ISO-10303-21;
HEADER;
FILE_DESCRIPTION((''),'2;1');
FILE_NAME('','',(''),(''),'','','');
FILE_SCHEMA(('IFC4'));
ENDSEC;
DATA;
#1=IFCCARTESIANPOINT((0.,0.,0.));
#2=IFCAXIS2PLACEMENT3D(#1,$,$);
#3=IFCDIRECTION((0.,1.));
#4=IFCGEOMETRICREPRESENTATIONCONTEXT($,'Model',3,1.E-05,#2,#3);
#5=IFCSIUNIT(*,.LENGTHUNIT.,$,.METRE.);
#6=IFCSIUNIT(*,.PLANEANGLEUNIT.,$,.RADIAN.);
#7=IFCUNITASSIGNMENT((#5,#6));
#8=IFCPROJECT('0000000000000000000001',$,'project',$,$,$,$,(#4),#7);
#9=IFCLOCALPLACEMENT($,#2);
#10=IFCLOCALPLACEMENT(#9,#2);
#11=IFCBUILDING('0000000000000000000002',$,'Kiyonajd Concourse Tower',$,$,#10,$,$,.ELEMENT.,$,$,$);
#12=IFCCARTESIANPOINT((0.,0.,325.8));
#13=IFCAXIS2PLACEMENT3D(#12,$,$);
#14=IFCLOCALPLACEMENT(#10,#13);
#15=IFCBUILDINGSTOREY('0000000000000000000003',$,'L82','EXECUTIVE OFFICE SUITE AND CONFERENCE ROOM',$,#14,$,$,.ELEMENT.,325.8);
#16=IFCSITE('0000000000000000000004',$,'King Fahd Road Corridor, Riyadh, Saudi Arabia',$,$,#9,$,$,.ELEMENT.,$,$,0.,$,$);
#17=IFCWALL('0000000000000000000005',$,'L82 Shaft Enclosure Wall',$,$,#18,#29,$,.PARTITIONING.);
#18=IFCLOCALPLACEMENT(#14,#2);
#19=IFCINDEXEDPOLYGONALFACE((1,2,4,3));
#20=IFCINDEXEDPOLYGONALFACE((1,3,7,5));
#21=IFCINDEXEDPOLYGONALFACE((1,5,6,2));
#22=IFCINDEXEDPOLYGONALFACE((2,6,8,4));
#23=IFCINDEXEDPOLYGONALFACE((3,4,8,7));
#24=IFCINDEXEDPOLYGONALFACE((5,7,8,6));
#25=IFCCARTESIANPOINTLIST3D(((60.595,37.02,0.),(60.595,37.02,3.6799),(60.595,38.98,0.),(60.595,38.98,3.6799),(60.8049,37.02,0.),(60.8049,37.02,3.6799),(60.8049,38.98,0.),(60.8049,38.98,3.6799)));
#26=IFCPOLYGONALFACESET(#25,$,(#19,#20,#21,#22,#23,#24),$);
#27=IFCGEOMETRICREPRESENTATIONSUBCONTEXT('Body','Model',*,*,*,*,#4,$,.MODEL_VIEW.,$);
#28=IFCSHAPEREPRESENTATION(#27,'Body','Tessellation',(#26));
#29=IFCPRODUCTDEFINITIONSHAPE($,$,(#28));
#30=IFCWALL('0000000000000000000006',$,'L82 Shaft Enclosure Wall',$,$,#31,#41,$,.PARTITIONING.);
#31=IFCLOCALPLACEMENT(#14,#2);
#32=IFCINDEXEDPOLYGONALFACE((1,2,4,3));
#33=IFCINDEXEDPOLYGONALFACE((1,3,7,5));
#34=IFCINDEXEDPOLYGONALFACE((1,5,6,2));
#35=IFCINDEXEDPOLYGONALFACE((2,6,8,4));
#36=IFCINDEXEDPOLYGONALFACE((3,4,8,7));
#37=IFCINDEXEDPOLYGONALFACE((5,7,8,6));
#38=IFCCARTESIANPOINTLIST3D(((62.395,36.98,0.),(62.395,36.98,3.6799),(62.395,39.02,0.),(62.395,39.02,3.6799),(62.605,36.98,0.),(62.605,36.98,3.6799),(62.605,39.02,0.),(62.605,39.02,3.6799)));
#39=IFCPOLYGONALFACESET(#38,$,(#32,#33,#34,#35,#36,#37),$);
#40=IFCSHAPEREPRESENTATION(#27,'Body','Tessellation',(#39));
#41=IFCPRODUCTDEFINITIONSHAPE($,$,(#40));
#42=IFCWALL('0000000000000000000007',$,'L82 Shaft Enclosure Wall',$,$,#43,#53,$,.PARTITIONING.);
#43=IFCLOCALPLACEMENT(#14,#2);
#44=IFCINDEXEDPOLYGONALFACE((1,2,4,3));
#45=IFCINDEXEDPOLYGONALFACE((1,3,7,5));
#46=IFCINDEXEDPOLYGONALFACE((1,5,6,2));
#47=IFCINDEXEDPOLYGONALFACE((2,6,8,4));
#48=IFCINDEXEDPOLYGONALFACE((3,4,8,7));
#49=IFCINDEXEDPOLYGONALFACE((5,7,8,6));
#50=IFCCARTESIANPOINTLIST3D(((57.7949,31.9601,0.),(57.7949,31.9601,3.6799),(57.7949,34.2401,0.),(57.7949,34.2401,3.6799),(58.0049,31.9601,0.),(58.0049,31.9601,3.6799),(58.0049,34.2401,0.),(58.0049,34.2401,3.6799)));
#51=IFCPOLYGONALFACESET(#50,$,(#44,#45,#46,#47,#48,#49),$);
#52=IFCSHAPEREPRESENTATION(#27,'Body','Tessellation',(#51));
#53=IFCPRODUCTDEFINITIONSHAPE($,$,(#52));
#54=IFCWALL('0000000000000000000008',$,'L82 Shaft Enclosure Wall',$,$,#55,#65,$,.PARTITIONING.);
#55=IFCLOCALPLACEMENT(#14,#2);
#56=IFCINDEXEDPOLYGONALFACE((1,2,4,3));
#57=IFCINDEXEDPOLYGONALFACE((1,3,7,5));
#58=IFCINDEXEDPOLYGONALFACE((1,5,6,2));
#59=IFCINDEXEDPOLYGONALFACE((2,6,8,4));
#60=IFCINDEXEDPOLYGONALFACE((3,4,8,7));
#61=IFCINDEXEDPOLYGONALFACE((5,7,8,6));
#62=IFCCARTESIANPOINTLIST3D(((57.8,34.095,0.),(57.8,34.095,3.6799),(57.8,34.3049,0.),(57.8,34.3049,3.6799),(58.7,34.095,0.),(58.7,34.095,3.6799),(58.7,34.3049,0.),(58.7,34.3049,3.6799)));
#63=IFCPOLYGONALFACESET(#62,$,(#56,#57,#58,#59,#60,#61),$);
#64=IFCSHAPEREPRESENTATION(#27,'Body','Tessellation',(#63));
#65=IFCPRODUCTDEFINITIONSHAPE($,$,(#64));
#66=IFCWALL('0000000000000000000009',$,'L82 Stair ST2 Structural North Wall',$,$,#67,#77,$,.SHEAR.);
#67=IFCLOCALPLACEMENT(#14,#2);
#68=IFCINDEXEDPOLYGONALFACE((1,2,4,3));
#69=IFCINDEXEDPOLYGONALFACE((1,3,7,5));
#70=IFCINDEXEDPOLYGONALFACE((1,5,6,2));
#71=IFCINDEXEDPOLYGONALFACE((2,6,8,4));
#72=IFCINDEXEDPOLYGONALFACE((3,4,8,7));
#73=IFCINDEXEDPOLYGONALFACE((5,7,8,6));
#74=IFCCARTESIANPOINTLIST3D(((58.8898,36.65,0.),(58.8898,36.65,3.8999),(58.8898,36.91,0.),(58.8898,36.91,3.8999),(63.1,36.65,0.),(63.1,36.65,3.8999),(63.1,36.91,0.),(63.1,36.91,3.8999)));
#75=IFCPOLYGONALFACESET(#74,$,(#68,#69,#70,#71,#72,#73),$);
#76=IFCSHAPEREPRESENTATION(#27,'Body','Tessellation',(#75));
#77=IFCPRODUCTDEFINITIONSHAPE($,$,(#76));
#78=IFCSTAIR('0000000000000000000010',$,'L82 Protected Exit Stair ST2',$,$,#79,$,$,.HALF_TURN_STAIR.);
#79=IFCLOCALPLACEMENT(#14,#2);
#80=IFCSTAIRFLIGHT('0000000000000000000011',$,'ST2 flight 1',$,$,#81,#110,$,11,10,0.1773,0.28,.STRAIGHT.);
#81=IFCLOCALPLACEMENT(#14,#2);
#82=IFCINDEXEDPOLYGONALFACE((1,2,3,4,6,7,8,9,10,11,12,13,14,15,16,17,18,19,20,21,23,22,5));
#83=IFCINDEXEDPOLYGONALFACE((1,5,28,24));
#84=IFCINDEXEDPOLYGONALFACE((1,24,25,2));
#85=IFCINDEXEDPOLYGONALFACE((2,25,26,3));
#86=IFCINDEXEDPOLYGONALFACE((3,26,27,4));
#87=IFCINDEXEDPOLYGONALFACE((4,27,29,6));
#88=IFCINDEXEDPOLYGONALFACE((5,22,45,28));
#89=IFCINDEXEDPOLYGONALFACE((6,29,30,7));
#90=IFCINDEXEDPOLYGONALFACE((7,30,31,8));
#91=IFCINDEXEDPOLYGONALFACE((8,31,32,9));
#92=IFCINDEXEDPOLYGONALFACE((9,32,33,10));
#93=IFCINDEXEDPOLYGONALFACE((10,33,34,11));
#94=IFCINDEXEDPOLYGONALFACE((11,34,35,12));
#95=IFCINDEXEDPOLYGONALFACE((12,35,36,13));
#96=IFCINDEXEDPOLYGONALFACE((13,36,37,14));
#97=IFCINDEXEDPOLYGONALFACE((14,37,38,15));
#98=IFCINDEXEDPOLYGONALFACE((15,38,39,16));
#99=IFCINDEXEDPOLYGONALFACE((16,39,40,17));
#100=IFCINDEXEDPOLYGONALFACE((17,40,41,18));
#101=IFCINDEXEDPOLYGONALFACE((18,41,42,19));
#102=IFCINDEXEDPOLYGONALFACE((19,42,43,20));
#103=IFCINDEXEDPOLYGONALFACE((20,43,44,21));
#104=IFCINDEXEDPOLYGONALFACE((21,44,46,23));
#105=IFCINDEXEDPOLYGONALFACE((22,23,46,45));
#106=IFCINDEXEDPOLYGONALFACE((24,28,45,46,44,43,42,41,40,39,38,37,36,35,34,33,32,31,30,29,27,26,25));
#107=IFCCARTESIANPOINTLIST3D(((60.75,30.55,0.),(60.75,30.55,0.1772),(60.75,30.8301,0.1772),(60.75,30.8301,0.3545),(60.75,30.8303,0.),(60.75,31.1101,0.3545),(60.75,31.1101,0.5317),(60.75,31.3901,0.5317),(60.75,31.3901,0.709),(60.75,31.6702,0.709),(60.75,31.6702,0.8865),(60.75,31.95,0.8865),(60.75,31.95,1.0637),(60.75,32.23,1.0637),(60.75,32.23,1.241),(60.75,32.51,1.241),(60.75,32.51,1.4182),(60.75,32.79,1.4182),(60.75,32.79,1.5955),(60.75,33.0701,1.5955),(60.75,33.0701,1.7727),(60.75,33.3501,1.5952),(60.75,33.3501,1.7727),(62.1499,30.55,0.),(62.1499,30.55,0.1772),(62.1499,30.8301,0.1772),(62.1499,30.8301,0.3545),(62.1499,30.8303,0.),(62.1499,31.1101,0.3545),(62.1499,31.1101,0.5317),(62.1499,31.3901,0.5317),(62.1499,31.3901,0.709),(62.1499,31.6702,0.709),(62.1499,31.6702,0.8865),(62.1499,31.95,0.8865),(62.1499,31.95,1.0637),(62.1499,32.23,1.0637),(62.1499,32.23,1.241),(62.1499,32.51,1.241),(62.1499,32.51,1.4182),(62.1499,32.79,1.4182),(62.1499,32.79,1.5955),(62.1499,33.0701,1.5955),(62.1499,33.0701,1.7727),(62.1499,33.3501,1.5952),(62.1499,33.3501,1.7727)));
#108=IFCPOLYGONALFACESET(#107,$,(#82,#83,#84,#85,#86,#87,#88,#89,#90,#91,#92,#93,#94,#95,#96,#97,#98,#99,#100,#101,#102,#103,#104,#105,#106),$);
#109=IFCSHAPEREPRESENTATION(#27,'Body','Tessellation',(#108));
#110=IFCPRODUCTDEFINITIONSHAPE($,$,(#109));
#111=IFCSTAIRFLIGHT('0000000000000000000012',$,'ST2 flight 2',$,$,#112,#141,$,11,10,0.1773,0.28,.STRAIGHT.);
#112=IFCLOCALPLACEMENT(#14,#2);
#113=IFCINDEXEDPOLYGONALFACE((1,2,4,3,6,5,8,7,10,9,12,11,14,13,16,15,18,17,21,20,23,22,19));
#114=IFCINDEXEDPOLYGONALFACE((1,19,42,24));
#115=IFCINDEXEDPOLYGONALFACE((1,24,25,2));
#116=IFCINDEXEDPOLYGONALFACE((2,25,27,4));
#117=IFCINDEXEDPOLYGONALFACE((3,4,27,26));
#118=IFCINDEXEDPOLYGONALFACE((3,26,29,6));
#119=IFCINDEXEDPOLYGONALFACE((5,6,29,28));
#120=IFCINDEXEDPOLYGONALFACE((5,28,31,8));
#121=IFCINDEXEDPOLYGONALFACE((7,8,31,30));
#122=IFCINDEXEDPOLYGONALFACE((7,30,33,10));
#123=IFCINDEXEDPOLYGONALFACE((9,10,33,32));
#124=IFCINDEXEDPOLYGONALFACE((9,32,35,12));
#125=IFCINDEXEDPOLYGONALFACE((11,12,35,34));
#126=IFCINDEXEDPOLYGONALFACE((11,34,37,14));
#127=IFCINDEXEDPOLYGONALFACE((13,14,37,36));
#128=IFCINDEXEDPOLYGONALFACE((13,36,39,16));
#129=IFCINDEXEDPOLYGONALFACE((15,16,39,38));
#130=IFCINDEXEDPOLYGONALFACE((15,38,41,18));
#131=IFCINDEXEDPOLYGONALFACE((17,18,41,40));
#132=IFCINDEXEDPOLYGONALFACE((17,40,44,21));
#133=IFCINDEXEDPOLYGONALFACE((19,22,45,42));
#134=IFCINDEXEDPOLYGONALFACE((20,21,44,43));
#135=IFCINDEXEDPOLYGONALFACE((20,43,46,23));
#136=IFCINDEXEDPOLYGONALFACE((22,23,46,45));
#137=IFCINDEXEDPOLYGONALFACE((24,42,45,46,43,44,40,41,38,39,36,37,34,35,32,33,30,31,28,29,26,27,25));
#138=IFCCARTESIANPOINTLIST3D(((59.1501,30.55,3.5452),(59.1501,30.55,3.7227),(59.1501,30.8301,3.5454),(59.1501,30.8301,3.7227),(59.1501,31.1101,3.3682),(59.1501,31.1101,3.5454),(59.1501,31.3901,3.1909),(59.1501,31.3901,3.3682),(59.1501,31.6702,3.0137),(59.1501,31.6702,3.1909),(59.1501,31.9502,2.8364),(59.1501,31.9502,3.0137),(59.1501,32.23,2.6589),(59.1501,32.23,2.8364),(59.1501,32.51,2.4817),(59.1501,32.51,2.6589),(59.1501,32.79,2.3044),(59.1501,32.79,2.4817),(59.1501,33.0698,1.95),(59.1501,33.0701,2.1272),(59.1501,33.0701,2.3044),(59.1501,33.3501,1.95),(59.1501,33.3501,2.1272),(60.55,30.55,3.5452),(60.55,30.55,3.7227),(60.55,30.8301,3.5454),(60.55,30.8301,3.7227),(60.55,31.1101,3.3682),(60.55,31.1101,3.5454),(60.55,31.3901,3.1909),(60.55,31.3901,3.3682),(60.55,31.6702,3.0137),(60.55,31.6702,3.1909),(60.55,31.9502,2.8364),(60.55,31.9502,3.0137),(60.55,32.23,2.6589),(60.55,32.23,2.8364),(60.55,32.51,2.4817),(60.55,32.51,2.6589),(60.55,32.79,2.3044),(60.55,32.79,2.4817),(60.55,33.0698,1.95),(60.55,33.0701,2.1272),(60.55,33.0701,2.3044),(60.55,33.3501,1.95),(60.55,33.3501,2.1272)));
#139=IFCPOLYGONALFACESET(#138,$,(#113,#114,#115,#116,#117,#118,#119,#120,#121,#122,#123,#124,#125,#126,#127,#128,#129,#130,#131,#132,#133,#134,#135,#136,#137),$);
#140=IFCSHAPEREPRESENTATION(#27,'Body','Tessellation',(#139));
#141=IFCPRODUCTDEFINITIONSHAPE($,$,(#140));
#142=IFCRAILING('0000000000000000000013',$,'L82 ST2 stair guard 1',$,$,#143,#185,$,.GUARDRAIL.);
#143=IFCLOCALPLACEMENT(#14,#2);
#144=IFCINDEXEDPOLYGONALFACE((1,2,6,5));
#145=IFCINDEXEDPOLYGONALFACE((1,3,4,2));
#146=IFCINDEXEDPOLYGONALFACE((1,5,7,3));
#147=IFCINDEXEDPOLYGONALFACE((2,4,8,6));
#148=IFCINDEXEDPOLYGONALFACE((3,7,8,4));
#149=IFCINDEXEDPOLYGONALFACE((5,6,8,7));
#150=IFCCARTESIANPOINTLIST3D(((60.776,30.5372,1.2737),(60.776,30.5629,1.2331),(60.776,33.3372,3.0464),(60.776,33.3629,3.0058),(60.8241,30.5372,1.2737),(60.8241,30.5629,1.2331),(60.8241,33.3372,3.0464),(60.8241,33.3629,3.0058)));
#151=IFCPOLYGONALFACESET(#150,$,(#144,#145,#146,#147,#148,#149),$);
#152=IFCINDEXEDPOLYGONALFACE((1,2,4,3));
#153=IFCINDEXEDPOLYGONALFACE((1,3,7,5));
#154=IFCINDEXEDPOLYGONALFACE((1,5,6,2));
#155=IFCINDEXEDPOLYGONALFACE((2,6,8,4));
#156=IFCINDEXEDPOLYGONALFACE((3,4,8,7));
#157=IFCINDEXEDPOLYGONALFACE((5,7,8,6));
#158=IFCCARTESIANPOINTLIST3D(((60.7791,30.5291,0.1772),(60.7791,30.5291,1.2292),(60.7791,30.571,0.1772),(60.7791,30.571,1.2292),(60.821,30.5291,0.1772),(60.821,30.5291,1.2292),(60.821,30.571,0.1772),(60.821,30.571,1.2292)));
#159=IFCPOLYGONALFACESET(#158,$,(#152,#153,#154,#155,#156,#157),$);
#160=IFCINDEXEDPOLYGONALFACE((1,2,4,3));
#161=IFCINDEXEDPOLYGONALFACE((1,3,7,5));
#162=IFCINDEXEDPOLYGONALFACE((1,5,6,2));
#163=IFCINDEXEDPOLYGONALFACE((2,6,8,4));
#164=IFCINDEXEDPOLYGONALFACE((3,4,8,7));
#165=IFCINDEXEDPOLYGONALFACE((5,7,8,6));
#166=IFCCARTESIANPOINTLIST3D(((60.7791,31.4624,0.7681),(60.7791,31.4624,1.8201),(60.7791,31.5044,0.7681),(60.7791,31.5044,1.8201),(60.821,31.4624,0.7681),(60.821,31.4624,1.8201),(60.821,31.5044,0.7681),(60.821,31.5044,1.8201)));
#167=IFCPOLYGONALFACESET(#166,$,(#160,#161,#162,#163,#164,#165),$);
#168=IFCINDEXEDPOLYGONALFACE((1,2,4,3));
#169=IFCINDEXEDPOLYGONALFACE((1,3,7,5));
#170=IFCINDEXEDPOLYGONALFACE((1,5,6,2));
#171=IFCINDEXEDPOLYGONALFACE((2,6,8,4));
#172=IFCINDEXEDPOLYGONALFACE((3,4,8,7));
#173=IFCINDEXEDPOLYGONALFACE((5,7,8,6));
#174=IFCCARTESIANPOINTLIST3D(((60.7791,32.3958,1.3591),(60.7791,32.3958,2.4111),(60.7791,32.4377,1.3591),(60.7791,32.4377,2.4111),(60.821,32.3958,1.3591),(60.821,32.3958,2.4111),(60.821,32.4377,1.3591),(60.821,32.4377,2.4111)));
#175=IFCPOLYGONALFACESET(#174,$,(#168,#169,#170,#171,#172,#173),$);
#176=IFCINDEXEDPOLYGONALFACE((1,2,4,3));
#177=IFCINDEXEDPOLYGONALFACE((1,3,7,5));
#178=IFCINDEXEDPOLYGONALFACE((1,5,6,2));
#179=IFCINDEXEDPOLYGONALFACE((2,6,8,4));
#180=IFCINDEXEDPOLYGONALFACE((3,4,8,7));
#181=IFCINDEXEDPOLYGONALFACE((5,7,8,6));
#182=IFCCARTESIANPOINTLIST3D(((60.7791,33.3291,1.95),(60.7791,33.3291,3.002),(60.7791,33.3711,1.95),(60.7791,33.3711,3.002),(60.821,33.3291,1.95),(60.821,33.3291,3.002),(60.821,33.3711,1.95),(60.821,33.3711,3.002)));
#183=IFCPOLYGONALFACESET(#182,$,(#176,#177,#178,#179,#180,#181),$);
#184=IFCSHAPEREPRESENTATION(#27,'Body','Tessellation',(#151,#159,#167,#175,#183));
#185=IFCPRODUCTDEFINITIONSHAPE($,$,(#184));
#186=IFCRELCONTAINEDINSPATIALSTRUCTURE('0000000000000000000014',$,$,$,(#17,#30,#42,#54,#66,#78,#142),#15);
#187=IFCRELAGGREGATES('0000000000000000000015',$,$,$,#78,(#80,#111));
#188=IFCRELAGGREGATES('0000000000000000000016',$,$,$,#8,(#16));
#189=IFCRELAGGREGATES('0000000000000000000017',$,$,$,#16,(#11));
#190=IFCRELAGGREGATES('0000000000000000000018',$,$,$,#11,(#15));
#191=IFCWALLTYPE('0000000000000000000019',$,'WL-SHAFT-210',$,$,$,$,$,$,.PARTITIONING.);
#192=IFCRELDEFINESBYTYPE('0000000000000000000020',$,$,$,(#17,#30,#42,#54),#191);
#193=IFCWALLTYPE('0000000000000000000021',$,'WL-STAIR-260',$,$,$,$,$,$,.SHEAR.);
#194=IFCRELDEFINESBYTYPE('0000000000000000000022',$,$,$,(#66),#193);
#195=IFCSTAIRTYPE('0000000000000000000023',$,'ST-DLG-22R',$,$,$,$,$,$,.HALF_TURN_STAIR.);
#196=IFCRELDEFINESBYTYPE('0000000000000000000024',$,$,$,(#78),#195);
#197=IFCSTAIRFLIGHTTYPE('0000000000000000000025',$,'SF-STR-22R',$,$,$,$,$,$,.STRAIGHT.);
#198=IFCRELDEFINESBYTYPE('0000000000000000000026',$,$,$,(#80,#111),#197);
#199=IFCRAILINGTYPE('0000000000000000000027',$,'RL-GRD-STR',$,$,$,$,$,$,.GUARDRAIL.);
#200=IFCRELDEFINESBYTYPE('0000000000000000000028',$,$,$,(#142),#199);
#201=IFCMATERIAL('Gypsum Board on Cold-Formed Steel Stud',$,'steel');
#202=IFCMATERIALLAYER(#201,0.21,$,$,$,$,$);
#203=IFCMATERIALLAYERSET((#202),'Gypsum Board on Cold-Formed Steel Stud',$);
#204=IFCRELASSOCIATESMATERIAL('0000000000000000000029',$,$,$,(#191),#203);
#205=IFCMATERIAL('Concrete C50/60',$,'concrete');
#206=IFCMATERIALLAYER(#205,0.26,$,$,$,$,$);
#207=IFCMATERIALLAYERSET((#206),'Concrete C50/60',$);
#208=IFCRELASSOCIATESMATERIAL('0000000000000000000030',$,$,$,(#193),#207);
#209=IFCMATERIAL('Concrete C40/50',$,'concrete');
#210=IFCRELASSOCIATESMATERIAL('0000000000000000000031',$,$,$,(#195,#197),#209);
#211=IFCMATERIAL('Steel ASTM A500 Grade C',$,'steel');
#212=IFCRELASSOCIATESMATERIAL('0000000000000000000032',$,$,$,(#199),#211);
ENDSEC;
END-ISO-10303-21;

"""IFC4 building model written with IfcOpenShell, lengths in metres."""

from ifc_helpers import new_model, si_unit, direction, frame, frame_2d, origin, origin_2d, place, context, subcontext, project, spatial, polyline, rectangle, outline, extrude, material, layer, layer_set, type_object, element, aggregate, save


model = new_model("IFC4")

# Units and contexts
model_context = context("Model", 3, precision=1e-05, world=origin(), true_north=direction((0.0, 1.0)))
body_context = subcontext(model_context, "Body", "Model", "MODEL_VIEW")
ifc_project = project(units=[si_unit("LENGTHUNIT", "METRE"), si_unit("PLANEANGLEUNIT", "RADIAN")], contexts=[model_context])

# Site, building, storey
site_placement = place(None, origin())
site = spatial("IfcSite", under=ifc_project, at=site_placement, Name="King Fahd Road Corridor, Riyadh, Saudi Arabia", CompositionType="ELEMENT", RefElevation=0.0)
building_placement = place(site_placement, origin())
building = spatial("IfcBuilding", under=site, at=building_placement, Name="Kiyonajd Concourse Tower", CompositionType="ELEMENT")
storey_placement = place(building_placement, frame((0.0, 0.0, 325.8)))
storey = spatial("IfcBuildingStorey", under=building, at=storey_placement, Name="L82", Description="EXECUTIVE OFFICE SUITE AND CONFERENCE ROOM", CompositionType="ELEMENT", Elevation=325.8)

# Shared definitions
ifc_material_1 = material(Name="Concrete C50/60", Category="concrete")

# Walls
ifc_material_2 = material(Name="Gypsum Board on Cold-Formed Steel Stud", Category="steel")
ifc_layer_1 = layer(ifc_material_2, 0.21)
ifc_layer_set_1 = layer_set([ifc_layer_1], Name="Gypsum Board on Cold-Formed Steel Stud")
wall_type_1 = type_object("IfcWallType", Name="WL-SHAFT-210", PredefinedType="PARTITIONING", material=ifc_layer_set_1)
wall_1_placement = place(storey_placement, frame((60.7, 37.02, 0.0), z_axis=(0.0, 0.0, 1.0), x_axis=(0.0, 1.0, 0.0)))
element("IfcWall", 1, at=wall_1_placement, inside=storey, type_object=wall_type_1, Name="L82 Shaft Enclosure Wall", PredefinedType="PARTITIONING", context=body_context, shape_type="SweptSolid", body=[
    extrude(rectangle(XDim=1.96, YDim=0.21, at=frame_2d((0.98, 0.0))), origin(), (0.0, 0.0, 1.0), 3.6799),
])
wall_2_placement = place(storey_placement, frame((62.5, 36.98, 0.0), z_axis=(0.0, 0.0, 1.0), x_axis=(0.0, 1.0, 0.0)))
element("IfcWall", 2, at=wall_2_placement, inside=storey, type_object=wall_type_1, Name="L82 Shaft Enclosure Wall", PredefinedType="PARTITIONING", context=body_context, shape_type="SweptSolid", body=[
    extrude(rectangle(XDim=2.04, YDim=0.21, at=frame_2d((1.02, 0.0))), origin(), (0.0, 0.0, 1.0), 3.6799),
])
wall_3_placement = place(storey_placement, frame((57.8999, 31.96, 0.0), z_axis=(0.0, 0.0, 1.0), x_axis=(0.0, 1.0, 0.0)))
element("IfcWall", 3, at=wall_3_placement, inside=storey, type_object=wall_type_1, Name="L82 Shaft Enclosure Wall", PredefinedType="PARTITIONING", context=body_context, shape_type="SweptSolid", body=[
    extrude(rectangle(XDim=2.28, YDim=0.21, at=frame_2d((1.1401, 0.0))), origin(), (0.0, 0.0, 1.0), 3.6799),
])
wall_4_placement = place(storey_placement, frame((57.8, 34.2, 0.0), z_axis=(0.0, 0.0, 1.0), x_axis=(1.0, 0.0, 0.0)))
element("IfcWall", 4, at=wall_4_placement, inside=storey, type_object=wall_type_1, Name="L82 Shaft Enclosure Wall", PredefinedType="PARTITIONING", context=body_context, shape_type="SweptSolid", body=[
    extrude(rectangle(XDim=0.8999, YDim=0.21, at=frame_2d((0.45, 0.0))), origin(), (0.0, 0.0, 1.0), 3.6799),
])
ifc_layer_2 = layer(ifc_material_1, 0.26)
ifc_layer_set_2 = layer_set([ifc_layer_2], Name="Concrete C50/60")
wall_type_2 = type_object("IfcWallType", Name="WL-STAIR-260", PredefinedType="SHEAR", material=ifc_layer_set_2)
wall_5_placement = place(storey_placement, frame((58.8899, 36.78, 0.0), z_axis=(0.0, 0.0, 1.0), x_axis=(1.0, 0.0, 0.0)))
element("IfcWall", 5, at=wall_5_placement, inside=storey, type_object=wall_type_2, Name="L82 Stair ST2 Structural North Wall", PredefinedType="SHEAR", context=body_context, shape_type="SweptSolid", body=[
    extrude(rectangle(XDim=4.2102, YDim=0.26, at=frame_2d((2.105, 0.0))), origin(), (0.0, 0.0, 1.0), 3.8999),
])

# Stair, stair flights
ifc_material_3 = material(Name="Concrete C40/50", Category="concrete")
stair_type = type_object("IfcStairType", Name="ST-DLG-22R", PredefinedType="HALF_TURN_STAIR", material=ifc_material_3)
stair_placement = place(storey_placement, origin())
stair = element("IfcStair", 6, at=stair_placement, inside=storey, type_object=stair_type, Name="L82 Protected Exit Stair ST2", PredefinedType="HALF_TURN_STAIR")
stair_flight_type = type_object("IfcStairFlightType", Name="SF-STR-22R", PredefinedType="STRAIGHT", material=ifc_material_3)
stair_flight_1_placement = place(storey_placement, frame((61.45, 30.55, 0.0), z_axis=(0.0, 0.0, 1.0), x_axis=(0.0, 1.0, 0.0)))
stair_flight_1 = element("IfcStairFlight", 7, at=stair_flight_1_placement, type_object=stair_flight_type, Name="ST2 flight 1", NumberOfRisers=11, NumberOfTreads=10, PredefinedType="STRAIGHT", RiserHeight=0.1773, TreadLength=0.28, context=body_context, shape_type="SweptSolid", body=[
    extrude(outline(polyline([(0.0, 0.0), (0.0, 0.1772), (0.28, 0.1772), (0.28, 0.3545), (0.5601, 0.3545), (0.5601, 0.5317), (0.8401, 0.5317), (0.8401, 0.709), (1.1201, 0.709), (1.1201, 0.8865), (1.3999, 0.8865), (1.3999, 1.0637), (1.6799, 1.0637), (1.6799, 1.241), (1.96, 1.241), (1.96, 1.4182), (2.24, 1.4182), (2.24, 1.5955), (2.52, 1.5955), (2.52, 1.7727), (2.8, 1.7727), (2.8, 1.95), (2.8, 1.5952), (0.2803, 0.0), (0.0, 0.0)])), frame((0.0, 0.7, 0.0), z_axis=(0.0, -1.0, 0.0), x_axis=(1.0, 0.0, 0.0)), (0.0, 0.0, 1.0), 1.3999),
])
stair_flight_2_placement = place(storey_placement, frame((59.8501, 33.3501, 1.95), z_axis=(0.0, 0.0, 1.0), x_axis=(0.0, -1.0, 0.0)))
stair_flight_2 = element("IfcStairFlight", 8, at=stair_flight_2_placement, type_object=stair_flight_type, Name="ST2 flight 2", NumberOfRisers=11, NumberOfTreads=10, PredefinedType="STRAIGHT", RiserHeight=0.1773, TreadLength=0.28, context=body_context, shape_type="SweptSolid", body=[
    extrude(outline(polyline([(0.0, 0.0), (0.0, 0.1772), (0.28, 0.1772), (0.28, 0.3545), (0.5601, 0.3545), (0.5601, 0.5317), (0.8401, 0.5317), (0.8401, 0.709), (1.1201, 0.709), (1.1201, 0.8865), (1.3999, 0.8865), (1.3999, 1.0637), (1.6799, 1.0637), (1.6799, 1.241), (1.96, 1.241), (1.96, 1.4182), (2.24, 1.4182), (2.24, 1.5955), (2.52, 1.5955), (2.52, 1.7727), (2.8, 1.7727), (2.8, 1.95), (2.8, 1.5952), (0.2803, 0.0), (0.0, 0.0)])), frame((0.0, 0.7, 0.0), z_axis=(0.0, -1.0, 0.0), x_axis=(1.0, 0.0, 0.0)), (0.0, 0.0, 1.0), 1.3999),
])
aggregate(stair, [stair_flight_1, stair_flight_2])

# Railing
ifc_material_4 = material(Name="Steel ASTM A500 Grade C", Category="steel")
railing_type_1 = type_object("IfcRailingType", Name="RL-GRD-STR", PredefinedType="GUARDRAIL", material=ifc_material_4)
railing_1_placement = place(storey_placement, frame((60.8, 30.55, 0.1772)))
element("IfcRailing", 9, at=railing_1_placement, inside=storey, type_object=railing_type_1, Name="L82 ST2 stair guard 1", PredefinedType="GUARDRAIL", context=body_context, shape_type="SweptSolid", body=[
    extrude(rectangle(XDim=0.0481, YDim=0.0481, at=origin_2d()), frame((0.0, 0.0, 1.0762), z_axis=(0.0, 0.844909, 0.53491), x_axis=(-1.0, 0.0, 0.0)), (0.0, 0.0, 1.0), 3.314),
    extrude(rectangle(XDim=0.042, YDim=0.042, at=origin_2d()), origin(), (0.0, 0.0, 1.0), 1.052),
    extrude(rectangle(XDim=0.042, YDim=0.042, at=origin_2d()), frame((0.0, 0.9333, 0.5908)), (0.0, 0.0, 1.0), 1.052),
    extrude(rectangle(XDim=0.042, YDim=0.042, at=origin_2d()), frame((0.0, 1.8667, 1.1819)), (0.0, 0.0, 1.0), 1.052),
    extrude(rectangle(XDim=0.042, YDim=0.042, at=origin_2d()), frame((0.0, 2.8, 1.7727)), (0.0, 0.0, 1.0), 1.052),
])

save(model, "model.ifc")
